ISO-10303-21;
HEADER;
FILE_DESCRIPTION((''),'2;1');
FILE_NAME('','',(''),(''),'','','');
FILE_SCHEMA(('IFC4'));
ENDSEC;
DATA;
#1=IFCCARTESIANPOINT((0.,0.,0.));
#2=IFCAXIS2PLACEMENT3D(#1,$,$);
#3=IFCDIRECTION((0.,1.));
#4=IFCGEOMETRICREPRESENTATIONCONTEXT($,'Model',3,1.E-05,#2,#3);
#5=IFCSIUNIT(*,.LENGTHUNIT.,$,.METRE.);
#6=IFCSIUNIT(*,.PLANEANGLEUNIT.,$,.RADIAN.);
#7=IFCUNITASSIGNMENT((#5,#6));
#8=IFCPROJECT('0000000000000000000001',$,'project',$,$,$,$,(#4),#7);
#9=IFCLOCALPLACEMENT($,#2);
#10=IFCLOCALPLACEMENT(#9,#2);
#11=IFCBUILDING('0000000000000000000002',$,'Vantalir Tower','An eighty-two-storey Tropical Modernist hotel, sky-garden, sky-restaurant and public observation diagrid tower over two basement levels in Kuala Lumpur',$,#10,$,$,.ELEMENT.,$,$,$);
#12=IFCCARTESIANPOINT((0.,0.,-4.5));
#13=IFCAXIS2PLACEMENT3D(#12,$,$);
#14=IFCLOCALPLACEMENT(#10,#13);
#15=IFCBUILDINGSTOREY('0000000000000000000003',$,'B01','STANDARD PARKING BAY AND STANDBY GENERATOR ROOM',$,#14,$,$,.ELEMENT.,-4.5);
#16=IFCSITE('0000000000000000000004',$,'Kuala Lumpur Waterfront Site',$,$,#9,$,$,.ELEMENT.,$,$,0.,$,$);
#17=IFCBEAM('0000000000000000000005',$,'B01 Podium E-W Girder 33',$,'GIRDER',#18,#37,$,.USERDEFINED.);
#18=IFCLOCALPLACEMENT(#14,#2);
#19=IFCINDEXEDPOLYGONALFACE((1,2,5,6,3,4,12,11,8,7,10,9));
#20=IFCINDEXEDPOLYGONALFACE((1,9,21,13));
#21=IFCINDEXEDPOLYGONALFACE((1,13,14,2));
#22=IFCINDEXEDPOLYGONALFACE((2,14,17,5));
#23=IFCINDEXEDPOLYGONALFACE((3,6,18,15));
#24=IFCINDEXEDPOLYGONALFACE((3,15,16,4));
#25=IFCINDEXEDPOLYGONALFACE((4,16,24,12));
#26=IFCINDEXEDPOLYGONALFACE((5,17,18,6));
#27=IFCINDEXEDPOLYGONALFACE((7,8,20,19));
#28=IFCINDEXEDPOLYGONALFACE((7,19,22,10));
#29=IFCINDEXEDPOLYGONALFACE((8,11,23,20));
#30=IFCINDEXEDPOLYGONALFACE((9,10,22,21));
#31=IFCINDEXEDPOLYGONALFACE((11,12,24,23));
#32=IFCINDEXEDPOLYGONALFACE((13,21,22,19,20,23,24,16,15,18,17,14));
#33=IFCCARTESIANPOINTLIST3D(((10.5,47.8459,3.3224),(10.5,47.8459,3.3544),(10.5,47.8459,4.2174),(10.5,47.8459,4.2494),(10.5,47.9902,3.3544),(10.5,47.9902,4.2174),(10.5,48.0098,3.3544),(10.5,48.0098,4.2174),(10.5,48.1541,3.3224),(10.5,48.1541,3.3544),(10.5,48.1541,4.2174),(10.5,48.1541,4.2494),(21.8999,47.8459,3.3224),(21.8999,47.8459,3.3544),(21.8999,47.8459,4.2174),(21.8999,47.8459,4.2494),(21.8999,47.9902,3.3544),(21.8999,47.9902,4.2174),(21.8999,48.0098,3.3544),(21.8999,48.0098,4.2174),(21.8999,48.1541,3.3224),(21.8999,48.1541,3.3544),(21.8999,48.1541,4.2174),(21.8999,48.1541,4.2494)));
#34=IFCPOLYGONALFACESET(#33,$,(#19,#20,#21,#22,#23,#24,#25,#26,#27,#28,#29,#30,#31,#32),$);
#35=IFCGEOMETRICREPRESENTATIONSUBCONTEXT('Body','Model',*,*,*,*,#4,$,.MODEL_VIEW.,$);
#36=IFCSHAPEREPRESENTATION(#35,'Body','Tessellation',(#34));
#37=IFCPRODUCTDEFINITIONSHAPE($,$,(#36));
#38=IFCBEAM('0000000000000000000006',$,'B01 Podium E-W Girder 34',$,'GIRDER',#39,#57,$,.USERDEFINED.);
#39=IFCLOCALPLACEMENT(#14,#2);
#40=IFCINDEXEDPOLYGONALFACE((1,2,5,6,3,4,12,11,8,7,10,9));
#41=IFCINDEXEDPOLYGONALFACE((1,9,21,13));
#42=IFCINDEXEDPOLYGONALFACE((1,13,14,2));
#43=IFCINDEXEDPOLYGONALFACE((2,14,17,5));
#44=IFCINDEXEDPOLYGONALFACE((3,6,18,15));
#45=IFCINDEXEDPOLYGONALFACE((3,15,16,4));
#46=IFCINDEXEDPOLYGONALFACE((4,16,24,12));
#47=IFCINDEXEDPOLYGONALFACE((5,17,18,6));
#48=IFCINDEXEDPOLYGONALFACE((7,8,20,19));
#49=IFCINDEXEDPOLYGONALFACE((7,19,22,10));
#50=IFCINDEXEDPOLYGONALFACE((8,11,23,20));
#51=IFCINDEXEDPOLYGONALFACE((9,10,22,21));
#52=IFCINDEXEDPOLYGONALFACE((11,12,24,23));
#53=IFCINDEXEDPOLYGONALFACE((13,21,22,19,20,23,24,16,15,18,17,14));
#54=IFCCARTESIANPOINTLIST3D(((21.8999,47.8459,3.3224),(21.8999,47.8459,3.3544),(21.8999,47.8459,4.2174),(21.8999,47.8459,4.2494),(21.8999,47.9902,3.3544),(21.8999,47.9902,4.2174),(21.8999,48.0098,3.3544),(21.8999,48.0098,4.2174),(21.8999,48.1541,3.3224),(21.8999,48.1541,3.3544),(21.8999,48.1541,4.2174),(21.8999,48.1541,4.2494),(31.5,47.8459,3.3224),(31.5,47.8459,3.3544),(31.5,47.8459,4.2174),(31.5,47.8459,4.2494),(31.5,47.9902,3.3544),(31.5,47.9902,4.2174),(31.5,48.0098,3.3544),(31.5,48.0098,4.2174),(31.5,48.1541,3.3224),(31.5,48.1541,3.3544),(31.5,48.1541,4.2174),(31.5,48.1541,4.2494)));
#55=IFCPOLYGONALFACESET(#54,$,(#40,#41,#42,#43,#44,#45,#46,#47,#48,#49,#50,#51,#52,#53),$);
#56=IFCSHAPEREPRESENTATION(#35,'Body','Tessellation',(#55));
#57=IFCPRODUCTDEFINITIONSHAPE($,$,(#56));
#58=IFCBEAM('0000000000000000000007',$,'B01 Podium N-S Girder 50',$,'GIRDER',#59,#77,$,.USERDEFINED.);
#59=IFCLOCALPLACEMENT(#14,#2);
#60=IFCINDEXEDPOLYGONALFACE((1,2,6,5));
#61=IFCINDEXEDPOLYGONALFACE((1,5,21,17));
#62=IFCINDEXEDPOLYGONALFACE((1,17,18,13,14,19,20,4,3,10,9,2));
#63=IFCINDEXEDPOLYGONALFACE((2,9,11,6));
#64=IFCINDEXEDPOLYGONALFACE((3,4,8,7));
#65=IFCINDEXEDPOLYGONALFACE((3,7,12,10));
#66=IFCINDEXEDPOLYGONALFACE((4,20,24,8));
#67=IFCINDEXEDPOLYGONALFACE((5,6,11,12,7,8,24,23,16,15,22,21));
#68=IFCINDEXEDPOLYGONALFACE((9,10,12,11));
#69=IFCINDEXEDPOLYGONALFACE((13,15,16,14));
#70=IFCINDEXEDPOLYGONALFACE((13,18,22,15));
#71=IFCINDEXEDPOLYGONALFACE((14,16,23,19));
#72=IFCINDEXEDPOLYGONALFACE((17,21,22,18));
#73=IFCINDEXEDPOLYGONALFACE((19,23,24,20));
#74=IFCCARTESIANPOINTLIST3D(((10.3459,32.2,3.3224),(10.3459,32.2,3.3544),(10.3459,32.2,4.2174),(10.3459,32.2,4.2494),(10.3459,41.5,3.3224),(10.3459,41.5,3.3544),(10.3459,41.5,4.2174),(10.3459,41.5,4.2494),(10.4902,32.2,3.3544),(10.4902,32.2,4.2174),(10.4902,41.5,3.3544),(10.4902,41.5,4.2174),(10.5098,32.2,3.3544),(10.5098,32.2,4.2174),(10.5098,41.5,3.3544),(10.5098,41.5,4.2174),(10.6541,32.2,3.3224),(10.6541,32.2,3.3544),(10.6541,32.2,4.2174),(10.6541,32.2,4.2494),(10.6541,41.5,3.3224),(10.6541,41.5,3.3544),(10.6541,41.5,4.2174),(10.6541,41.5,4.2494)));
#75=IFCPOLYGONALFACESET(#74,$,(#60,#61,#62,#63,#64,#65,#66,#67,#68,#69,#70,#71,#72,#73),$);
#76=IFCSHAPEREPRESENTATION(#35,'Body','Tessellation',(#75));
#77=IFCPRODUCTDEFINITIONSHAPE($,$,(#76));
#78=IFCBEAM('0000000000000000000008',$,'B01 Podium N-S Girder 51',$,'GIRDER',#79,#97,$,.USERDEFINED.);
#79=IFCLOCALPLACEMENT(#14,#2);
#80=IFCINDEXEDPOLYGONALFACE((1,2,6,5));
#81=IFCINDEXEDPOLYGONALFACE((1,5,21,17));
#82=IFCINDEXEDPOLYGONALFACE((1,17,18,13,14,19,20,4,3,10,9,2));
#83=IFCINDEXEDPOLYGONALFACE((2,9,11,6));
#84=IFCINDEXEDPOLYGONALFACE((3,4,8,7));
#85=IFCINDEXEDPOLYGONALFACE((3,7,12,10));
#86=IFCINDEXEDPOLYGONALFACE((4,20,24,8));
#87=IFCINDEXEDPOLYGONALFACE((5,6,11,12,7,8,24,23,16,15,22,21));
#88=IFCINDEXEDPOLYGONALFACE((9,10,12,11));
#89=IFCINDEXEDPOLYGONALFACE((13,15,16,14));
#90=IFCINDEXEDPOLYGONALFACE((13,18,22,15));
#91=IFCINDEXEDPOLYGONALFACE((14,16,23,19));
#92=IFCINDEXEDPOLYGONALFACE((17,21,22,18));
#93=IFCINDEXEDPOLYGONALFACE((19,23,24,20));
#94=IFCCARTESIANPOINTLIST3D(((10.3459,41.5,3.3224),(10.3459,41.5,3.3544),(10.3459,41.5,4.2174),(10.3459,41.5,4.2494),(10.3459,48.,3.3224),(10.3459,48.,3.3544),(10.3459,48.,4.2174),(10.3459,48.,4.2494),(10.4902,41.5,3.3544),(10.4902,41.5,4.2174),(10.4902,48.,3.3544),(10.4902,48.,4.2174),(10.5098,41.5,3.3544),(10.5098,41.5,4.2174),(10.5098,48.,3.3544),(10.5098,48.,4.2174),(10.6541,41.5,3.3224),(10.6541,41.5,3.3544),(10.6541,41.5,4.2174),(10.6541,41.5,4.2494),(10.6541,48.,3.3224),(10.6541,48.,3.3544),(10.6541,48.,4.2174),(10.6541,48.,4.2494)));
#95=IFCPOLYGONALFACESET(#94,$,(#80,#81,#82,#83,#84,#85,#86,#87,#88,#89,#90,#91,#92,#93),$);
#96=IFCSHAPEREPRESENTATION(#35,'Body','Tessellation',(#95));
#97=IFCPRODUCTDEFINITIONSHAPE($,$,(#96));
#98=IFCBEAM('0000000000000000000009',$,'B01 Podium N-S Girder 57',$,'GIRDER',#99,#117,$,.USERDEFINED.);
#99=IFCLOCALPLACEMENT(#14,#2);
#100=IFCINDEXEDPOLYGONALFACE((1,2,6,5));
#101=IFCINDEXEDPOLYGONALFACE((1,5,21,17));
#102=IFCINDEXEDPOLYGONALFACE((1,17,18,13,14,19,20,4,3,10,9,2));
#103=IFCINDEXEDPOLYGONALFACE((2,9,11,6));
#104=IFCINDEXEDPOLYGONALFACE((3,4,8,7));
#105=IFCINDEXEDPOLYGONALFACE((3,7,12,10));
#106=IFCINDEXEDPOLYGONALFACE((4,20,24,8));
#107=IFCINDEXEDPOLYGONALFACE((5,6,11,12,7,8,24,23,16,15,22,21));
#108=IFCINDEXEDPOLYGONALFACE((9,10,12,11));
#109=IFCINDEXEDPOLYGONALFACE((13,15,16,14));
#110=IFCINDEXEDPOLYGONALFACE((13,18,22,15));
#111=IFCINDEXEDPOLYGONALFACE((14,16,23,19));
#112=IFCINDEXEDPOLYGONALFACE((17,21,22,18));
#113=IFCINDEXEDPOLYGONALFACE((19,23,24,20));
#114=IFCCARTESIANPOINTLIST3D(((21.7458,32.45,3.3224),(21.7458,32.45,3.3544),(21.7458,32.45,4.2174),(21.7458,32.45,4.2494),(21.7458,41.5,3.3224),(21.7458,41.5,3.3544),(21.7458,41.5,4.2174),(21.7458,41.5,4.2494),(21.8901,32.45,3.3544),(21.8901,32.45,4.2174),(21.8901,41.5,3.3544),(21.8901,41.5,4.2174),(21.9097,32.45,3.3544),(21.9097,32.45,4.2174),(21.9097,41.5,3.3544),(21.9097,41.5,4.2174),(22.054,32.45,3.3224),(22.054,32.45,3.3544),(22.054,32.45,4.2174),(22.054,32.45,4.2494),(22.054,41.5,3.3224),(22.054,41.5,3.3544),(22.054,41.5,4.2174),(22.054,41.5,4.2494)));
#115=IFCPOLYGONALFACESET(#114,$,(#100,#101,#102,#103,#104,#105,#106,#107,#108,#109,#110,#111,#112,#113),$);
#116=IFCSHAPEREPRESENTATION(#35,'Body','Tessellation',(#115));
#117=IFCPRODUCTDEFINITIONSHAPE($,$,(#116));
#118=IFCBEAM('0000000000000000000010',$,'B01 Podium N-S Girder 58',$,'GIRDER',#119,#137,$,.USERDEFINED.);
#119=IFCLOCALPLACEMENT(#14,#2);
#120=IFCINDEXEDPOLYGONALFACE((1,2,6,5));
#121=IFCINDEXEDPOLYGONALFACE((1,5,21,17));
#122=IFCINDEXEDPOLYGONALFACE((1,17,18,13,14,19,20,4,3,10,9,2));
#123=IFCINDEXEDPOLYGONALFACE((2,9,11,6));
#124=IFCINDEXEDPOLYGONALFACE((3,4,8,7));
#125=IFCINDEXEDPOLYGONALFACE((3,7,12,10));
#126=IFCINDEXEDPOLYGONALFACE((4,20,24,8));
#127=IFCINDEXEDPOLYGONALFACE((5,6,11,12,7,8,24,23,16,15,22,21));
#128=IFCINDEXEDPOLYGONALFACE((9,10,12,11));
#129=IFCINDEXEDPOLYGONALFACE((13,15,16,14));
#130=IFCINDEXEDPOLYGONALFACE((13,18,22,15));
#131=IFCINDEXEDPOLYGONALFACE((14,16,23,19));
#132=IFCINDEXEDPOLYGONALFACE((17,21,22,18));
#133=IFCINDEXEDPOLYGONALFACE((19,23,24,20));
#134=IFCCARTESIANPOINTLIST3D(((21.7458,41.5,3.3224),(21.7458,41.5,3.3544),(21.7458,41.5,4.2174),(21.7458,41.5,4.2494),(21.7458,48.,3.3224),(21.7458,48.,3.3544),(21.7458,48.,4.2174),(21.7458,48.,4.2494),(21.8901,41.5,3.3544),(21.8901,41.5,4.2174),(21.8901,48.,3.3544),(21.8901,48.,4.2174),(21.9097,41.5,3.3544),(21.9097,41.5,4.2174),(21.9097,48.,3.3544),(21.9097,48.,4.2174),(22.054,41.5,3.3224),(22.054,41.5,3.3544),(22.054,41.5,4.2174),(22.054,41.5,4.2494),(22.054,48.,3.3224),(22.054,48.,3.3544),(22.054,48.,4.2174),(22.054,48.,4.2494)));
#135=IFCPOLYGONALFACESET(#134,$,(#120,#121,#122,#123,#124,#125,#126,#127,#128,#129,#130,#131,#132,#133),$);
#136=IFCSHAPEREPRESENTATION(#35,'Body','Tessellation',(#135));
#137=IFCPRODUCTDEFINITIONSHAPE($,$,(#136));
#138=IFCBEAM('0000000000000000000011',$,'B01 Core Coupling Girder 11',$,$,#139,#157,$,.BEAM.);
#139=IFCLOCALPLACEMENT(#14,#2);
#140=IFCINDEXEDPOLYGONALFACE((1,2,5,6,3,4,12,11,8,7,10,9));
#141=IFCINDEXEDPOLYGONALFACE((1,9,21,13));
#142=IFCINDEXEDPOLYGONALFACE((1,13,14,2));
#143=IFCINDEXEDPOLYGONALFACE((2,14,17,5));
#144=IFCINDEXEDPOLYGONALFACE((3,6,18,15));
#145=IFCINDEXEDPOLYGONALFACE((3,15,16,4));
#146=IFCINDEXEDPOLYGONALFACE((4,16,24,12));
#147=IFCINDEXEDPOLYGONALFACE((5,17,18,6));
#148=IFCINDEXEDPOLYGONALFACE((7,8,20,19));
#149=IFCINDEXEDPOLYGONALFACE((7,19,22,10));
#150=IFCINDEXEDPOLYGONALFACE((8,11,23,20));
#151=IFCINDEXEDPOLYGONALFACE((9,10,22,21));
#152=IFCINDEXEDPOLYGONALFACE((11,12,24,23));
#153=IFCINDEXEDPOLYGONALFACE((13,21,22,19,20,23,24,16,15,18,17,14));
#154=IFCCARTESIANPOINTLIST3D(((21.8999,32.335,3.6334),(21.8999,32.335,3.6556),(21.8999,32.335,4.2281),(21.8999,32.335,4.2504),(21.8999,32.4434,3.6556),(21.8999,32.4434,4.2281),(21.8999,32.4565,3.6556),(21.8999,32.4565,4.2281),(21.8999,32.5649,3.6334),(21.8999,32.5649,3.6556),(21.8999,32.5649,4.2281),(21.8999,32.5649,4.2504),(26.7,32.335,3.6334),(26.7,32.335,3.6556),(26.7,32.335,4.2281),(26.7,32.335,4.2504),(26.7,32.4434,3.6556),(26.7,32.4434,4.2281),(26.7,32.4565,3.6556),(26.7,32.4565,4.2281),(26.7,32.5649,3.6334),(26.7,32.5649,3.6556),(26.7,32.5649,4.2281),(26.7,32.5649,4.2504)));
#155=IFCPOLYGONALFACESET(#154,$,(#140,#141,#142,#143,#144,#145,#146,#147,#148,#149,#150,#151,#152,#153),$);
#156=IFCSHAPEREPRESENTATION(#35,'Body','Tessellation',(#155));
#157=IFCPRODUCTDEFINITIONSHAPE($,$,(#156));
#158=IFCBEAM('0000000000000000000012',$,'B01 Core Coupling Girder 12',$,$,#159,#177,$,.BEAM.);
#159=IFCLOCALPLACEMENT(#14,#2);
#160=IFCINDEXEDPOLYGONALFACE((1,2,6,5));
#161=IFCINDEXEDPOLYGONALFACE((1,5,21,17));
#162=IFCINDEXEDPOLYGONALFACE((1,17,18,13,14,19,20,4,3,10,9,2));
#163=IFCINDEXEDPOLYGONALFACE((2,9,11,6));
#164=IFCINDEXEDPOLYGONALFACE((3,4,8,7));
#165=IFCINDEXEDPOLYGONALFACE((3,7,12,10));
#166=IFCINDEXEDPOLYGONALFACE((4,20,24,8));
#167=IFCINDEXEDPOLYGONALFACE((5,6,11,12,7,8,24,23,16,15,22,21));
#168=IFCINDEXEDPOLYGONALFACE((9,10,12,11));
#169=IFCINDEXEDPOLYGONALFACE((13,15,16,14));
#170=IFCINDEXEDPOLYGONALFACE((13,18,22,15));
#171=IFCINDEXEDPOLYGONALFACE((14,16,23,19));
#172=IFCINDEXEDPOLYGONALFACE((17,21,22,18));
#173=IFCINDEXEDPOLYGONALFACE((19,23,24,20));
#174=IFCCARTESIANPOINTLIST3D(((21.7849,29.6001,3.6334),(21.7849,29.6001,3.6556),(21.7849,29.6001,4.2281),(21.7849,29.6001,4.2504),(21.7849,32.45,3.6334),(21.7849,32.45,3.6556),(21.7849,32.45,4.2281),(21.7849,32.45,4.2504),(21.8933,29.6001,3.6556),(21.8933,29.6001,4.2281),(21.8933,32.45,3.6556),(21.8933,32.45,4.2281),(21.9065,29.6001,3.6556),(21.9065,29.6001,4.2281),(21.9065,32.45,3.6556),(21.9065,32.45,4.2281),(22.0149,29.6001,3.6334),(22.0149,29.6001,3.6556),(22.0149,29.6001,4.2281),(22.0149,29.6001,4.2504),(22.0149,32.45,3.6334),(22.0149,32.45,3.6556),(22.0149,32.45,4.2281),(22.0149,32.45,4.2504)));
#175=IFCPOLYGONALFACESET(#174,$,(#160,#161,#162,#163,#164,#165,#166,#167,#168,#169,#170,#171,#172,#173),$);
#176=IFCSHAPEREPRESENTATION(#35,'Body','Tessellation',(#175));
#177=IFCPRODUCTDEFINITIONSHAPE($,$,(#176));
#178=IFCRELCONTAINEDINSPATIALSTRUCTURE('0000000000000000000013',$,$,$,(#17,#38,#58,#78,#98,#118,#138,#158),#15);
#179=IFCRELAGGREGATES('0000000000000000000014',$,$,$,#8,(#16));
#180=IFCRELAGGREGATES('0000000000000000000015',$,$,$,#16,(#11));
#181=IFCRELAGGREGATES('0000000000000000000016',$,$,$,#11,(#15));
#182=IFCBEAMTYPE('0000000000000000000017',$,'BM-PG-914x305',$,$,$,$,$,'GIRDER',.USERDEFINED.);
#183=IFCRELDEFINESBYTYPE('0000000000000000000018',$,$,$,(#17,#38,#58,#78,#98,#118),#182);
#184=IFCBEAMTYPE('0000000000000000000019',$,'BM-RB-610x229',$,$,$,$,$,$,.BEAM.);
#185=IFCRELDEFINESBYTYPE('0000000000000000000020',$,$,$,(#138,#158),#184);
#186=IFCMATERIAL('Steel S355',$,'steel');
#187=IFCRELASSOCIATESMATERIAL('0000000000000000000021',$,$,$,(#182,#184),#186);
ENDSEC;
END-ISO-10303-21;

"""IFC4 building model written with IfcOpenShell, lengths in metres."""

from ifc_helpers import new_model, si_unit, direction, frame, origin, origin_2d, place, context, subcontext, project, spatial, i_section, extrude, material, material_profile, profile_set, type_object, element, save


model = new_model("IFC4")

# Units and contexts
model_context = context("Model", 3, precision=1e-05, world=origin(), true_north=direction((0.0, 1.0)))
body_context = subcontext(model_context, "Body", "Model", "MODEL_VIEW")
ifc_project = project(units=[si_unit("LENGTHUNIT", "METRE"), si_unit("PLANEANGLEUNIT", "RADIAN")], contexts=[model_context])

# Site, building, storey
site_placement = place(None, origin())
site = spatial("IfcSite", under=ifc_project, at=site_placement, Name="Kuala Lumpur Waterfront Site", CompositionType="ELEMENT", RefElevation=0.0)
building_placement = place(site_placement, origin())
building = spatial("IfcBuilding", under=site, at=building_placement, Name="Vantalir Tower", Description="An eighty-two-storey Tropical Modernist hotel, sky-garden, sky-restaurant and public observation diagrid tower over two basement levels in Kuala Lumpur", CompositionType="ELEMENT")
storey_placement = place(building_placement, frame((0.0, 0.0, -4.5)))
storey = spatial("IfcBuildingStorey", under=building, at=storey_placement, Name="B01", Description="STANDARD PARKING BAY AND STANDBY GENERATOR ROOM", CompositionType="ELEMENT", Elevation=-4.5)

# Beams
ifc_material_1 = material(Name="Steel S355", Category="steel")
ifc_material_profile_1 = material_profile(ifc_material_1, i_section(OverallWidth=0.3081, OverallDepth=0.927, WebThickness=0.0195, FlangeThickness=0.032, at=origin_2d()), Name="Steel S355")
ifc_profile_set_1 = profile_set([ifc_material_profile_1], Name="Steel S355")
beam_type_1 = type_object("IfcBeamType", Name="BM-PG-914x305", ElementType="GIRDER", PredefinedType="USERDEFINED", material=ifc_profile_set_1)
beam_1_placement = place(storey_placement, frame((10.5, 48.0, 3.7859), z_axis=(1.0, 0.0, 0.0), x_axis=(0.0, 1.0, 0.0)))
element("IfcBeam", 1, at=beam_1_placement, inside=storey, type_object=beam_type_1, Name="B01 Podium E-W Girder 33", ObjectType="GIRDER", PredefinedType="USERDEFINED", context=body_context, shape_type="SweptSolid", body=[
    extrude(i_section(OverallWidth=0.3081, OverallDepth=0.927, WebThickness=0.0195, FlangeThickness=0.032, at=origin_2d()), origin(), (0.0, 0.0, 1.0), 11.3999),
])
beam_2_placement = place(storey_placement, frame((21.8999, 48.0, 3.7859), z_axis=(1.0, 0.0, 0.0), x_axis=(0.0, 1.0, 0.0)))
element("IfcBeam", 2, at=beam_2_placement, inside=storey, type_object=beam_type_1, Name="B01 Podium E-W Girder 34", ObjectType="GIRDER", PredefinedType="USERDEFINED", context=body_context, shape_type="SweptSolid", body=[
    extrude(i_section(OverallWidth=0.3081, OverallDepth=0.927, WebThickness=0.0195, FlangeThickness=0.032, at=origin_2d()), origin(), (0.0, 0.0, 1.0), 9.6001),
])
beam_3_placement = place(storey_placement, frame((10.5, 32.2, 3.7859), z_axis=(0.0, 1.0, 0.0), x_axis=(-1.0, 0.0, 0.0)))
element("IfcBeam", 3, at=beam_3_placement, inside=storey, type_object=beam_type_1, Name="B01 Podium N-S Girder 50", ObjectType="GIRDER", PredefinedType="USERDEFINED", context=body_context, shape_type="SweptSolid", body=[
    extrude(i_section(OverallWidth=0.3081, OverallDepth=0.927, WebThickness=0.0195, FlangeThickness=0.032, at=origin_2d()), origin(), (0.0, 0.0, 1.0), 9.3),
])
beam_4_placement = place(storey_placement, frame((10.5, 41.5, 3.7859), z_axis=(0.0, 1.0, 0.0), x_axis=(-1.0, 0.0, 0.0)))
element("IfcBeam", 4, at=beam_4_placement, inside=storey, type_object=beam_type_1, Name="B01 Podium N-S Girder 51", ObjectType="GIRDER", PredefinedType="USERDEFINED", context=body_context, shape_type="SweptSolid", body=[
    extrude(i_section(OverallWidth=0.3081, OverallDepth=0.927, WebThickness=0.0195, FlangeThickness=0.032, at=origin_2d()), origin(), (0.0, 0.0, 1.0), 6.5),
])
beam_5_placement = place(storey_placement, frame((21.8999, 32.45, 3.7859), z_axis=(0.0, 1.0, 0.0), x_axis=(-1.0, 0.0, 0.0)))
element("IfcBeam", 5, at=beam_5_placement, inside=storey, type_object=beam_type_1, Name="B01 Podium N-S Girder 57", ObjectType="GIRDER", PredefinedType="USERDEFINED", context=body_context, shape_type="SweptSolid", body=[
    extrude(i_section(OverallWidth=0.3081, OverallDepth=0.927, WebThickness=0.0195, FlangeThickness=0.032, at=origin_2d()), origin(), (0.0, 0.0, 1.0), 9.05),
])
beam_6_placement = place(storey_placement, frame((21.8999, 41.5, 3.7859), z_axis=(0.0, 1.0, 0.0), x_axis=(-1.0, 0.0, 0.0)))
element("IfcBeam", 6, at=beam_6_placement, inside=storey, type_object=beam_type_1, Name="B01 Podium N-S Girder 58", ObjectType="GIRDER", PredefinedType="USERDEFINED", context=body_context, shape_type="SweptSolid", body=[
    extrude(i_section(OverallWidth=0.3081, OverallDepth=0.927, WebThickness=0.0195, FlangeThickness=0.032, at=origin_2d()), origin(), (0.0, 0.0, 1.0), 6.5),
])
ifc_material_profile_2 = material_profile(ifc_material_1, i_section(OverallWidth=0.23, OverallDepth=0.6169, WebThickness=0.0132, FlangeThickness=0.0222, at=origin_2d()), Name="Steel S355")
ifc_profile_set_2 = profile_set([ifc_material_profile_2], Name="Steel S355")
beam_type_2 = type_object("IfcBeamType", Name="BM-RB-610x229", PredefinedType="BEAM", material=ifc_profile_set_2)
beam_7_placement = place(storey_placement, frame((26.7, 32.45, 3.9419), z_axis=(-1.0, 0.0, 0.0), x_axis=(0.0, -1.0, 0.0)))
element("IfcBeam", 7, at=beam_7_placement, inside=storey, type_object=beam_type_2, Name="B01 Core Coupling Girder 11", PredefinedType="BEAM", context=body_context, shape_type="SweptSolid", body=[
    extrude(i_section(OverallWidth=0.23, OverallDepth=0.6169, WebThickness=0.0132, FlangeThickness=0.0222, at=origin_2d()), origin(), (0.0, 0.0, 1.0), 4.8),
])
beam_8_placement = place(storey_placement, frame((21.8999, 32.45, 3.9419), z_axis=(0.0, -1.0, 0.0), x_axis=(1.0, 0.0, 0.0)))
element("IfcBeam", 8, at=beam_8_placement, inside=storey, type_object=beam_type_2, Name="B01 Core Coupling Girder 12", PredefinedType="BEAM", context=body_context, shape_type="SweptSolid", body=[
    extrude(i_section(OverallWidth=0.23, OverallDepth=0.6169, WebThickness=0.0132, FlangeThickness=0.0222, at=origin_2d()), origin(), (0.0, 0.0, 1.0), 2.8499),
])

save(model, "model.ifc")
